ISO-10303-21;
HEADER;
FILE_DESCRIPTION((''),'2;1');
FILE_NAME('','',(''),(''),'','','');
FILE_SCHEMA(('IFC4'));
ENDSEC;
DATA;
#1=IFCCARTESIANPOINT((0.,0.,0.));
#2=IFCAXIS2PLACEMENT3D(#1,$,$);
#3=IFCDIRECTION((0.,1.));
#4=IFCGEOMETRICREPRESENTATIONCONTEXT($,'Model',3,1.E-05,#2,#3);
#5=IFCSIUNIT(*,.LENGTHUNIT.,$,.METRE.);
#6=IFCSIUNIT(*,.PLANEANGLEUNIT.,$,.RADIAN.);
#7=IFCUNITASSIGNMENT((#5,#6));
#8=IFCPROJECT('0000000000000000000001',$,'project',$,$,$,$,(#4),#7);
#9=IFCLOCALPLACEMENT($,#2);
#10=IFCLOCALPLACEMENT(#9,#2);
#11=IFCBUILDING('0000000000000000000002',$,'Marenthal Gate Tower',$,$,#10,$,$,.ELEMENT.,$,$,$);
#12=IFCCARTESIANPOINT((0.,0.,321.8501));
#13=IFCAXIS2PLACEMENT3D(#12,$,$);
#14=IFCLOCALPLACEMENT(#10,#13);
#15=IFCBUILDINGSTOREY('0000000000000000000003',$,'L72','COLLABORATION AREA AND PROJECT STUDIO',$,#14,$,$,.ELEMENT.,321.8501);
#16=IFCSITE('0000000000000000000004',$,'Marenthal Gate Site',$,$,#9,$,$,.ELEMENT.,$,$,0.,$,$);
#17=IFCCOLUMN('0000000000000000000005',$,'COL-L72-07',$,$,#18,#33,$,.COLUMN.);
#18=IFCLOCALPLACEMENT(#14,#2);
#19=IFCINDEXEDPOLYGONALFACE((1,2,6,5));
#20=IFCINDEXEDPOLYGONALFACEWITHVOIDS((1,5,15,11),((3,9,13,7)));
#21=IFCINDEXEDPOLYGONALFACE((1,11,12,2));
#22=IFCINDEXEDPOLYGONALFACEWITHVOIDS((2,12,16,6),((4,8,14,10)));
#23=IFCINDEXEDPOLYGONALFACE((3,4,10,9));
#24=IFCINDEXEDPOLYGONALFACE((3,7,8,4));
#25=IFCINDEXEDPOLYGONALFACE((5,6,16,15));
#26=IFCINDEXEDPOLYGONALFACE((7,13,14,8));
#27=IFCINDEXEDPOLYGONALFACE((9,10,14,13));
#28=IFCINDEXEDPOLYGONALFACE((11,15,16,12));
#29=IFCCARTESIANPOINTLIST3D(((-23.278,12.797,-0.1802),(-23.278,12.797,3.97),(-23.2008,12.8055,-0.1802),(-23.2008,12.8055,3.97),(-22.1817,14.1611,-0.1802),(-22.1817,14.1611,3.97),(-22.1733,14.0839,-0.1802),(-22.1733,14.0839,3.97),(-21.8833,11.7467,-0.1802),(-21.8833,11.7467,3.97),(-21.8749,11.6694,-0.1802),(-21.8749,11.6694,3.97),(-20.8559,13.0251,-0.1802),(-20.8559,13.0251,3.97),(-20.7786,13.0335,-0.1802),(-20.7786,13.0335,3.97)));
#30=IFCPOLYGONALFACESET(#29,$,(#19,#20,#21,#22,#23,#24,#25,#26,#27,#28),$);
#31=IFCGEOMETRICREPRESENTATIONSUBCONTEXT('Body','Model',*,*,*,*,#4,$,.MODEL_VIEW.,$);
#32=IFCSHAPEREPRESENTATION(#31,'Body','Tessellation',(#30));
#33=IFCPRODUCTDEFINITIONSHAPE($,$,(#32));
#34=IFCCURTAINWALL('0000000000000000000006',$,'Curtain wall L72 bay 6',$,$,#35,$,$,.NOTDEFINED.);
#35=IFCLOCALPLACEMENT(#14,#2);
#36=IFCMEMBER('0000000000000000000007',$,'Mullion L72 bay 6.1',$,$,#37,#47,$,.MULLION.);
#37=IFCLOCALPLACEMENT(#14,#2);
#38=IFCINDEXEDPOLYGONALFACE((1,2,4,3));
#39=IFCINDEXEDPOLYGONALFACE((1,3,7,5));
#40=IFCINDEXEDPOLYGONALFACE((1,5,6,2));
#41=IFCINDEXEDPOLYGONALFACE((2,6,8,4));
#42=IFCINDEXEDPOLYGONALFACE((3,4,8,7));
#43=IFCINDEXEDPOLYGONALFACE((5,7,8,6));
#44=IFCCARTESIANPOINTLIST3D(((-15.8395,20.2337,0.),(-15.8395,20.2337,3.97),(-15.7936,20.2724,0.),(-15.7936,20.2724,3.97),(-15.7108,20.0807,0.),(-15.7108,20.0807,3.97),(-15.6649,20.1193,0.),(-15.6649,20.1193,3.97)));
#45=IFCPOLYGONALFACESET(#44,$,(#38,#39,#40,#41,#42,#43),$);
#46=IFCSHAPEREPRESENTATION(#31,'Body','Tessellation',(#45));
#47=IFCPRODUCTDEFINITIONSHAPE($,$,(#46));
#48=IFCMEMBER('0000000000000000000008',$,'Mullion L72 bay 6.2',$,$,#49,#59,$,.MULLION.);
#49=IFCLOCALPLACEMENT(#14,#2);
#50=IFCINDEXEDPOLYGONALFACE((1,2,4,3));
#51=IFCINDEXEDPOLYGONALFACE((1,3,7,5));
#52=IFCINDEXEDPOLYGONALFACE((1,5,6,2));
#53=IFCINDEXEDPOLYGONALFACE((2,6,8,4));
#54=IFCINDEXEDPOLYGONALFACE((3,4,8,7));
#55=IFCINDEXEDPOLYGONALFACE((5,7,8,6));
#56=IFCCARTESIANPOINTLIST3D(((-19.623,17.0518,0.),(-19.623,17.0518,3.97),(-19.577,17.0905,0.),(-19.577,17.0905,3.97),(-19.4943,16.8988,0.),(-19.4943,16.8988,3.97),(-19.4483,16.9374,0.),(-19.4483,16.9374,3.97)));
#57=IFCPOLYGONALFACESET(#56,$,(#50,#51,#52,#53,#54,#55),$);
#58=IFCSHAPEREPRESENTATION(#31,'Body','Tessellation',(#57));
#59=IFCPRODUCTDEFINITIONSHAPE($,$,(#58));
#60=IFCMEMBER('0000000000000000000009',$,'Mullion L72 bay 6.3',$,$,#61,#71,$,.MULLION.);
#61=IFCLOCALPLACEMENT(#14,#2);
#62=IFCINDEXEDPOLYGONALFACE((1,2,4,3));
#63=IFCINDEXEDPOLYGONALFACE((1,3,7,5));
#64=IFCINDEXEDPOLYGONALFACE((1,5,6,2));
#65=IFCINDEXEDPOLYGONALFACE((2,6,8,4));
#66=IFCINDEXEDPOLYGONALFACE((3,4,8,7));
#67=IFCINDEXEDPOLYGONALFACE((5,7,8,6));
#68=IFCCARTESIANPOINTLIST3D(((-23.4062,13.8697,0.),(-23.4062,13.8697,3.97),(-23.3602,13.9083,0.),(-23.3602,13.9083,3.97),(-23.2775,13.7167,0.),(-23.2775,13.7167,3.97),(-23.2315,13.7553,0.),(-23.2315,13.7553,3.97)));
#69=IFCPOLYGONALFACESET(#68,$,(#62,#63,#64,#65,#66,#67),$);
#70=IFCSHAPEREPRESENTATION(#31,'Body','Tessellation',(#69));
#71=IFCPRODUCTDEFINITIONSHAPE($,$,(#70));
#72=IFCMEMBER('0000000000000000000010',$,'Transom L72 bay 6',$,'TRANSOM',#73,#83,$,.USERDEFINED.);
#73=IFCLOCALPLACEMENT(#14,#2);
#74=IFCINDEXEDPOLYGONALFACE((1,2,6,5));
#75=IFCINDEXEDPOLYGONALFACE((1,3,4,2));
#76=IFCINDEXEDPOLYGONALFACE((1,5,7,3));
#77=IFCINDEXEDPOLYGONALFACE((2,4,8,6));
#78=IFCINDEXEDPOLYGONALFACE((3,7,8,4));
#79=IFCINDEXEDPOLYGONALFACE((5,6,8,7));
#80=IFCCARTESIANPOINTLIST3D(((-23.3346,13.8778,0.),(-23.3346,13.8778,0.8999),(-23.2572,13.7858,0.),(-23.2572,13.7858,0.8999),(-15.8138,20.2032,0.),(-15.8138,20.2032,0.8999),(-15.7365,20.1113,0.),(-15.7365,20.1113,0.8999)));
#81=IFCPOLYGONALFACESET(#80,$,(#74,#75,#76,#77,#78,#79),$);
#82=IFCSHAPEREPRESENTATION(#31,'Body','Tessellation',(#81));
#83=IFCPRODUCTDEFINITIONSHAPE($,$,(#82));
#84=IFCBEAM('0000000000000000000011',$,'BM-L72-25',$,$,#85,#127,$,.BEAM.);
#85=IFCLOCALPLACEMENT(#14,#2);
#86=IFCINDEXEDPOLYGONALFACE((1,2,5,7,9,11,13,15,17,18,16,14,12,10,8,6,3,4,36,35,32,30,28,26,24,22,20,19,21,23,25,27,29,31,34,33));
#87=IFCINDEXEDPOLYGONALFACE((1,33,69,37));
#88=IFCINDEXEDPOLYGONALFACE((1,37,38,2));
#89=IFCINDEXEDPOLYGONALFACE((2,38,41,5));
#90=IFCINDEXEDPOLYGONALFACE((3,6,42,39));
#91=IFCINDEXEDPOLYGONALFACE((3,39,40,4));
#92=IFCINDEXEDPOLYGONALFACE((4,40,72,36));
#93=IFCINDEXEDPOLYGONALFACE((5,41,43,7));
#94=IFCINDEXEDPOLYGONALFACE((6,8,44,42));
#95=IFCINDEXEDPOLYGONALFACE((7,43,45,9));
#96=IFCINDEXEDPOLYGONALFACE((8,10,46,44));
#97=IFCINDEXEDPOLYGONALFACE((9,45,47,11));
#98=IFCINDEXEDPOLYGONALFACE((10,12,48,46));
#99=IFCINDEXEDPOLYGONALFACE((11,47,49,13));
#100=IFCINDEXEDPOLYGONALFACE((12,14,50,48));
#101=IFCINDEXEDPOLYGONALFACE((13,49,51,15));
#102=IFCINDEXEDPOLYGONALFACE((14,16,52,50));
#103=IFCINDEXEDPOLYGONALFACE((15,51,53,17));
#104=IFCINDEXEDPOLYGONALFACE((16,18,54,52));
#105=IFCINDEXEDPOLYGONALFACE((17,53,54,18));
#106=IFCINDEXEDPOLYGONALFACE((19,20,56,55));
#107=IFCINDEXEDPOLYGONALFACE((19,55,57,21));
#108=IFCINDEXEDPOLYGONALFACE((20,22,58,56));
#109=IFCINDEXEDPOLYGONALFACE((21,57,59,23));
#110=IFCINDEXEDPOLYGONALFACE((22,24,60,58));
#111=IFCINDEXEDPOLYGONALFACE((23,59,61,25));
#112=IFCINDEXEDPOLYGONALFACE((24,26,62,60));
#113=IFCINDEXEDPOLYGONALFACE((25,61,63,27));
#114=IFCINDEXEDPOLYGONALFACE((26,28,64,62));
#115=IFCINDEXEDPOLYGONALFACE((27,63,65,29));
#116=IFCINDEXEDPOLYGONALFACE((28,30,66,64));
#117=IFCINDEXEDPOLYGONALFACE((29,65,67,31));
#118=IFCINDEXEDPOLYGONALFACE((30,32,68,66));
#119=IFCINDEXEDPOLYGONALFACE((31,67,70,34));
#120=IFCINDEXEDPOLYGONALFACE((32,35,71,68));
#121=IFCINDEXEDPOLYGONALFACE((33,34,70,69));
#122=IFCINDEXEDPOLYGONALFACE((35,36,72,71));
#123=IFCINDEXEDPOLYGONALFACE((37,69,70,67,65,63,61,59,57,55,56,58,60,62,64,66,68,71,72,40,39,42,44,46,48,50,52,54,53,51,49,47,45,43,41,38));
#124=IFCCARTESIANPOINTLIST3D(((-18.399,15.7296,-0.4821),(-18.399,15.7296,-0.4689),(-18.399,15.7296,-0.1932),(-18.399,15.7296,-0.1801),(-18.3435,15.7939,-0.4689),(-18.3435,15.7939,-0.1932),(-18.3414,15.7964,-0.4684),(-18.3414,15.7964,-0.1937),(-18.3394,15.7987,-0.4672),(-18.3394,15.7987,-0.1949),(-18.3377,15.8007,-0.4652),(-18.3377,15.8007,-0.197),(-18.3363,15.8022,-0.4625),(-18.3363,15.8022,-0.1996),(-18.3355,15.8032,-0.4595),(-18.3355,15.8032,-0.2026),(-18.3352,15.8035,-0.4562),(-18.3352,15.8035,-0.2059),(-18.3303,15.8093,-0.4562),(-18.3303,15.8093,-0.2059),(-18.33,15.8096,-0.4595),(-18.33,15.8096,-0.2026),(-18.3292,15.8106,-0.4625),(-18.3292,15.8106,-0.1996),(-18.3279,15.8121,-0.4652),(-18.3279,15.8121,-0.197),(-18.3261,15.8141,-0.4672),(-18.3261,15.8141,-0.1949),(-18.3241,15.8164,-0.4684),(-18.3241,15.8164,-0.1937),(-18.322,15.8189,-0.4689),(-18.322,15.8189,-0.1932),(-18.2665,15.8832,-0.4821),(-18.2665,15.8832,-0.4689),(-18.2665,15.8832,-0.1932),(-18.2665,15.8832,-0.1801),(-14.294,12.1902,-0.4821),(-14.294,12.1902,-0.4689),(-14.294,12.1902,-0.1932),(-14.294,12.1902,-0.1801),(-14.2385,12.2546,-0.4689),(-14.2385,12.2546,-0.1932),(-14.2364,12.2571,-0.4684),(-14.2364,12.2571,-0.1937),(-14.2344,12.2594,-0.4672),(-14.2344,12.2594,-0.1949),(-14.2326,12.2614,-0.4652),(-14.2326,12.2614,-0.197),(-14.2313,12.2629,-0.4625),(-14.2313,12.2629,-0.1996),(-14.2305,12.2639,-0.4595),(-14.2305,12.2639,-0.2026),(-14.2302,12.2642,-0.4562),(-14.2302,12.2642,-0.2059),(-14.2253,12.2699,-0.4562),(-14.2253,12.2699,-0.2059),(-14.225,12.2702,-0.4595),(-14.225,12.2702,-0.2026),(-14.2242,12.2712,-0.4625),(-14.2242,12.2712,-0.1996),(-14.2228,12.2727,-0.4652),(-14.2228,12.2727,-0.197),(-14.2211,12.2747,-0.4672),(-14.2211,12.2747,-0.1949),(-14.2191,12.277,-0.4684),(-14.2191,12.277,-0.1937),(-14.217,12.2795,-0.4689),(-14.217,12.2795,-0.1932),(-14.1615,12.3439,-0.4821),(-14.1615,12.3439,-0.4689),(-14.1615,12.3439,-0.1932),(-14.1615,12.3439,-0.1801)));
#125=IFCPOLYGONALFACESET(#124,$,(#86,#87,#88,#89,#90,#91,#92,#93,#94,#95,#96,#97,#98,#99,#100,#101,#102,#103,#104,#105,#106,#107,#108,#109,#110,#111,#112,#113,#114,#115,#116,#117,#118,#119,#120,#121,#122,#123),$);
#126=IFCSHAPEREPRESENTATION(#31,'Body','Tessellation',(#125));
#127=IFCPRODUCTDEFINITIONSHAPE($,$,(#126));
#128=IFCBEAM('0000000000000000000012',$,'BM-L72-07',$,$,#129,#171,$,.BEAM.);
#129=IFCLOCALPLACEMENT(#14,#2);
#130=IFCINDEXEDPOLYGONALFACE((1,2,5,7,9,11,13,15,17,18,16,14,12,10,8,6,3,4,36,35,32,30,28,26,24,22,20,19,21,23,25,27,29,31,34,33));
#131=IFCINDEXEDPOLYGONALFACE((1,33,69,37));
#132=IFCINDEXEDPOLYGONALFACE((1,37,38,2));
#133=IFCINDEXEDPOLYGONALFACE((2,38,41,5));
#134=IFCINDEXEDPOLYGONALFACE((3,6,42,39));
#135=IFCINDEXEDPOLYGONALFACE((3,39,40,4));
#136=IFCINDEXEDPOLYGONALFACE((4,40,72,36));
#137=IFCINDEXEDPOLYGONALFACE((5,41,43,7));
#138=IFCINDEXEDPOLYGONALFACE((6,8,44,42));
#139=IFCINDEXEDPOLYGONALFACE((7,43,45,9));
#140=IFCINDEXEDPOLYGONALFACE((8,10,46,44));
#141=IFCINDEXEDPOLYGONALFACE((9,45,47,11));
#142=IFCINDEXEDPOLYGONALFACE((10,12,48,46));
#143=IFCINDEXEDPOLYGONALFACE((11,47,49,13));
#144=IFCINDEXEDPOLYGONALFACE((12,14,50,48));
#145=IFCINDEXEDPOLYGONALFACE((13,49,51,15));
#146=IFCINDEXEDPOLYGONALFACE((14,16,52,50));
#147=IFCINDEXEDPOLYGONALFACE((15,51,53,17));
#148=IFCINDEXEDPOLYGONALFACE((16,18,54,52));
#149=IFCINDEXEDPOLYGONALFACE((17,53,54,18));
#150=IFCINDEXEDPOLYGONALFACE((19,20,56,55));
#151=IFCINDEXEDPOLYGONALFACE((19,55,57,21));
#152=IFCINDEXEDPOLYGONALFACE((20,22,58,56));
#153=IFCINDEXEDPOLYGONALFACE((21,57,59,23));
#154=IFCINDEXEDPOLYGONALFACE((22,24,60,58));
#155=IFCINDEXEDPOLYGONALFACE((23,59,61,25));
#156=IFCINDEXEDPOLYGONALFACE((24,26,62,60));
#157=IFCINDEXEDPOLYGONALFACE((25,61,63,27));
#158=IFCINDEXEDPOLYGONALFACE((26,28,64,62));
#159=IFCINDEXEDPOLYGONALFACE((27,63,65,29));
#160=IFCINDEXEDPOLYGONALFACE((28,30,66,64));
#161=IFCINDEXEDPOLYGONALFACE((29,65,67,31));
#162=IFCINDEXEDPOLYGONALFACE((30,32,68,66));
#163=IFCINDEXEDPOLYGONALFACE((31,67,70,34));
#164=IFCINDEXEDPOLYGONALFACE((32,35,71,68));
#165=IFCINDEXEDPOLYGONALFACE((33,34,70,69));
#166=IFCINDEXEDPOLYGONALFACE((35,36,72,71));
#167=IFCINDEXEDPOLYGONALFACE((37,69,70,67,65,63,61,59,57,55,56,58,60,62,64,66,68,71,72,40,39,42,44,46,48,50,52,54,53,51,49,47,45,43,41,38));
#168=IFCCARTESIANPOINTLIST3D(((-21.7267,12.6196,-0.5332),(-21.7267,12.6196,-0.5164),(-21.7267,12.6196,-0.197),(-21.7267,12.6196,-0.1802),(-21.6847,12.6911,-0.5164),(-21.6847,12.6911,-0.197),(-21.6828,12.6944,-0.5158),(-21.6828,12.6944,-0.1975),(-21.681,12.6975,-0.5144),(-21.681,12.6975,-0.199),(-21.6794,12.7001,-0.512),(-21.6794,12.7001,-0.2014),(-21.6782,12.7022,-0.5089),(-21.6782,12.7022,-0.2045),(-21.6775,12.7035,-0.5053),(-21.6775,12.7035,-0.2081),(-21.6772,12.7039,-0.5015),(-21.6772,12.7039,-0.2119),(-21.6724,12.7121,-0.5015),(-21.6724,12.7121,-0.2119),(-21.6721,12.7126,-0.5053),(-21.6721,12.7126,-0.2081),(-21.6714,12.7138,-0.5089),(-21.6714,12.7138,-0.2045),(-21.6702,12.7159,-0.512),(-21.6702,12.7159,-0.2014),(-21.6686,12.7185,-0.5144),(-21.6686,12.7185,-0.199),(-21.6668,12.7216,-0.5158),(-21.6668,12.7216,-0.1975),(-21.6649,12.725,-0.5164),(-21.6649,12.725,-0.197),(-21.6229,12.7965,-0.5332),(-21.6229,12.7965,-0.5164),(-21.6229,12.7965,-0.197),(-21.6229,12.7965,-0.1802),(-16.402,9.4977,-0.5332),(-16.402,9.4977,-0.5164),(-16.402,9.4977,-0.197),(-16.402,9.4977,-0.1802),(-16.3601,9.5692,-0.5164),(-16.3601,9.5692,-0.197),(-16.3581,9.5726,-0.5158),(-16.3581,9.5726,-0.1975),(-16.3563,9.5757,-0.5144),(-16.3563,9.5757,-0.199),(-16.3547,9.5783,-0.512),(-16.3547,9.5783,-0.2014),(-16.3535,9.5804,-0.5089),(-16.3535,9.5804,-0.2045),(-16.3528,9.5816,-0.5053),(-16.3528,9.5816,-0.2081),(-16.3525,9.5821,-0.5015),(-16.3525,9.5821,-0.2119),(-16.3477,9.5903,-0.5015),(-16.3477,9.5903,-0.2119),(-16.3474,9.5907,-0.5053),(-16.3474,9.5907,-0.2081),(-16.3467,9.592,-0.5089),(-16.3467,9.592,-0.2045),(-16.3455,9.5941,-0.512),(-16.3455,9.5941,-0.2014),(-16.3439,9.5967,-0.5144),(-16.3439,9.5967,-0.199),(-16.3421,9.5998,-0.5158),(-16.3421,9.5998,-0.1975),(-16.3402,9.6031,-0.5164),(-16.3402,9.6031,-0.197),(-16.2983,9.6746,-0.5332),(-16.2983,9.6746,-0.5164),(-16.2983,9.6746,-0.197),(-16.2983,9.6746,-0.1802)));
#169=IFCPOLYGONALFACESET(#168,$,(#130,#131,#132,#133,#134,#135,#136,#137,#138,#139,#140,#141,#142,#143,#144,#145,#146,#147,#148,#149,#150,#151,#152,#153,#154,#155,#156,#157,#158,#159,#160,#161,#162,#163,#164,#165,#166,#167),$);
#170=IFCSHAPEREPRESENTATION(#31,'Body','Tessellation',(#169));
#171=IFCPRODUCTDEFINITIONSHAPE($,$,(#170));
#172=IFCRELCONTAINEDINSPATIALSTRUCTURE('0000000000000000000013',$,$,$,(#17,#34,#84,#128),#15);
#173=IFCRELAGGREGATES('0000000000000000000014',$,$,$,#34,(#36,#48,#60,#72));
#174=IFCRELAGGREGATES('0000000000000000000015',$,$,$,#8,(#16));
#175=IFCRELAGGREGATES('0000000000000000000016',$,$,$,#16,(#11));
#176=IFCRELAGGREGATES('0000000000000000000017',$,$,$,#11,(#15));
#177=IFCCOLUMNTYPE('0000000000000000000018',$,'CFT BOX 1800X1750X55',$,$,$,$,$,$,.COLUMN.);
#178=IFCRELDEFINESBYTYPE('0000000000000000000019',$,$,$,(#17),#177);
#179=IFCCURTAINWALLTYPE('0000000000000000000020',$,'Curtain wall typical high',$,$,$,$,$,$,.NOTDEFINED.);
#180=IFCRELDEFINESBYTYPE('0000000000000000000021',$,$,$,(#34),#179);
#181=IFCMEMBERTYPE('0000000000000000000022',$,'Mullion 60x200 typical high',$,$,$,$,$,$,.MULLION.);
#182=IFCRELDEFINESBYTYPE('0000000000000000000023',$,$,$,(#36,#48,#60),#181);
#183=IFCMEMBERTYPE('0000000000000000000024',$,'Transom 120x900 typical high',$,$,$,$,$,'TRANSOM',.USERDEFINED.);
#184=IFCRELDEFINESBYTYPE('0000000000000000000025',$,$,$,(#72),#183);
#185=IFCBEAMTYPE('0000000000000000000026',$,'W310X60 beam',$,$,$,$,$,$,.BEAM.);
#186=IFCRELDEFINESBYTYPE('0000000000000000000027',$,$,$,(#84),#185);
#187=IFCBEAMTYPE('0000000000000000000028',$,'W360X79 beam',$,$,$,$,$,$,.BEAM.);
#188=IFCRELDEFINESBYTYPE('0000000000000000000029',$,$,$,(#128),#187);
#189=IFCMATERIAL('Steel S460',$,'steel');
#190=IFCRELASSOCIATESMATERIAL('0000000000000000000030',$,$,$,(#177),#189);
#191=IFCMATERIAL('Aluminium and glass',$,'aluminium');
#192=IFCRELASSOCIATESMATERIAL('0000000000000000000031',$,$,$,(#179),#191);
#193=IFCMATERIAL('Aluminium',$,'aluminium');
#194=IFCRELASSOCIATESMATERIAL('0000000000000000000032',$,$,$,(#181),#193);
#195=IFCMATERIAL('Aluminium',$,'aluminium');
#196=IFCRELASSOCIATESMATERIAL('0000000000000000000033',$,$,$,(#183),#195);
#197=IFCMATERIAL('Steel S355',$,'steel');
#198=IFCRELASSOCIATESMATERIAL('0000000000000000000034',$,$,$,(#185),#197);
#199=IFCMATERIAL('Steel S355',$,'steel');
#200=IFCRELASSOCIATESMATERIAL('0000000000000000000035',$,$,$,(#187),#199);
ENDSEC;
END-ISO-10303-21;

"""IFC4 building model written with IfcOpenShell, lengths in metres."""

from ifc_helpers import new_model, si_unit, direction, frame, origin, origin_2d, place, context, subcontext, project, spatial, rectangle, hollow_rectangle, i_section, extrude, material, material_profile, profile_set, type_object, element, aggregate, save


model = new_model("IFC4")

# Units and contexts
model_context = context("Model", 3, precision=1e-05, world=origin(), true_north=direction((0.0, 1.0)))
body_context = subcontext(model_context, "Body", "Model", "MODEL_VIEW")
ifc_project = project(units=[si_unit("LENGTHUNIT", "METRE"), si_unit("PLANEANGLEUNIT", "RADIAN")], contexts=[model_context])

# Site, building, storey
site_placement = place(None, origin())
site = spatial("IfcSite", under=ifc_project, at=site_placement, Name="Marenthal Gate Site", CompositionType="ELEMENT", RefElevation=0.0)
building_placement = place(site_placement, origin())
building = spatial("IfcBuilding", under=site, at=building_placement, Name="Marenthal Gate Tower", CompositionType="ELEMENT")
storey_placement = place(building_placement, frame((0.0, 0.0, 321.8501)))
storey = spatial("IfcBuildingStorey", under=building, at=storey_placement, Name="L72", Description="COLLABORATION AREA AND PROJECT STUDIO", CompositionType="ELEMENT", Elevation=321.8501)

# Column
ifc_material_1 = material(Name="Steel S460", Category="steel")
ifc_material_profile_1 = material_profile(ifc_material_1, hollow_rectangle(XDim=1.75, YDim=1.8, WallThickness=0.0549, at=origin_2d()), Name="CFT BOX 1800X1750X55")
ifc_material_2 = material(Name="Concrete 70 MPa", Category="concrete")
ifc_material_profile_2 = material_profile(ifc_material_2, rectangle(XDim=1.6399, YDim=1.6899, at=origin_2d()), Name="CFT BOX 1800X1750X55 INFILL")
ifc_profile_set_1 = profile_set([ifc_material_profile_1, ifc_material_profile_2], Name="Steel S460 shell, Concrete 70 MPa infill")
column_type = type_object("IfcColumnType", Name="CFT BOX 1800X1750X55", PredefinedType="COLUMN", material=ifc_profile_set_1)
column_placement = place(storey_placement, frame((-22.0283, 12.9153, -0.1802), z_axis=(0.0, 0.0, 1.0), x_axis=(0.626431, 0.779477, 0.0)))
element("IfcColumn", 1, at=column_placement, inside=storey, type_object=column_type, Name="COL-L72-07", PredefinedType="COLUMN", context=body_context, shape_type="SweptSolid", body=[
    extrude(hollow_rectangle(XDim=1.75, YDim=1.8, WallThickness=0.0549, at=origin_2d()), origin(), (0.0, 0.0, 1.0), 4.1501),
])

# Curtain wall, members
ifc_material_3 = material(Name="Aluminium and glass", Category="aluminium")
curtain_wall_type = type_object("IfcCurtainWallType", Name="Curtain wall typical high", PredefinedType="NOTDEFINED", material=ifc_material_3)
curtain_wall_placement = place(storey_placement, origin())
curtain_wall = element("IfcCurtainWall", 2, at=curtain_wall_placement, inside=storey, type_object=curtain_wall_type, Name="Curtain wall L72 bay 6", PredefinedType="NOTDEFINED")
ifc_material_4 = material(Name="Aluminium", Category="aluminium")
ifc_material_profile_3 = material_profile(ifc_material_4, rectangle(XDim=0.2, YDim=0.0601, at=origin_2d()), Name="60x200 aluminium mullion")
ifc_profile_set_2 = profile_set([ifc_material_profile_3], Name="Aluminium")
member_type_1 = type_object("IfcMemberType", Name="Mullion 60x200 typical high", PredefinedType="MULLION", material=ifc_profile_set_2)
member_1_placement = place(storey_placement, frame((-15.7522, 20.1765, 0.0), z_axis=(0.0, 0.0, 1.0), x_axis=(0.643676, -0.765298, 0.0)))
member_1 = element("IfcMember", 3, at=member_1_placement, type_object=member_type_1, Name="Mullion L72 bay 6.1", PredefinedType="MULLION", context=body_context, shape_type="SweptSolid", body=[
    extrude(rectangle(XDim=0.2, YDim=0.0601, at=origin_2d()), origin(), (0.0, 0.0, 1.0), 3.97),
])
member_2_placement = place(storey_placement, frame((-19.5356, 16.9946, 0.0), z_axis=(0.0, 0.0, 1.0), x_axis=(0.643676, -0.765298, 0.0)))
member_2 = element("IfcMember", 4, at=member_2_placement, type_object=member_type_1, Name="Mullion L72 bay 6.2", PredefinedType="MULLION", context=body_context, shape_type="SweptSolid", body=[
    extrude(rectangle(XDim=0.2, YDim=0.0601, at=origin_2d()), origin(), (0.0, 0.0, 1.0), 3.97),
])
member_3_placement = place(storey_placement, frame((-23.3188, 13.8125, 0.0), z_axis=(0.0, 0.0, 1.0), x_axis=(0.643676, -0.765298, 0.0)))
member_3 = element("IfcMember", 5, at=member_3_placement, type_object=member_type_1, Name="Mullion L72 bay 6.3", PredefinedType="MULLION", context=body_context, shape_type="SweptSolid", body=[
    extrude(rectangle(XDim=0.2, YDim=0.0601, at=origin_2d()), origin(), (0.0, 0.0, 1.0), 3.97),
])
ifc_material_5 = material(Name="Aluminium", Category="aluminium")
ifc_material_profile_4 = material_profile(ifc_material_5, rectangle(XDim=0.1201, YDim=0.8999, at=origin_2d()), Name="120x900 aluminium transom")
ifc_profile_set_3 = profile_set([ifc_material_profile_4], Name="Aluminium")
member_type_2 = type_object("IfcMemberType", Name="Transom 120x900 typical high", ElementType="TRANSOM", PredefinedType="USERDEFINED", material=ifc_profile_set_3)
member_4_placement = place(storey_placement, frame((-15.7751, 20.1572, 0.45), z_axis=(-0.765303, -0.64367, 0.0), x_axis=(0.64367, -0.765303, 0.0)))
member_4 = element("IfcMember", 6, at=member_4_placement, type_object=member_type_2, Name="Transom L72 bay 6", ObjectType="TRANSOM", PredefinedType="USERDEFINED", context=body_context, shape_type="SweptSolid", body=[
    extrude(rectangle(XDim=0.1201, YDim=0.8999, at=origin_2d()), origin(), (0.0, 0.0, 1.0), 9.8271),
])

# Beams
ifc_material_6 = material(Name="Steel S355", Category="steel")
ifc_material_profile_5 = material_profile(ifc_material_6, i_section(OverallWidth=0.2029, OverallDepth=0.302, WebThickness=0.0076, FlangeThickness=0.0132, FilletRadius=0.0127, at=origin_2d()), Name="W310X60")
ifc_profile_set_4 = profile_set([ifc_material_profile_5], Name="Steel S355")
beam_type_1 = type_object("IfcBeamType", Name="W310X60 beam", PredefinedType="BEAM", material=ifc_profile_set_4)
beam_1_placement = place(storey_placement, frame((-18.3328, 15.8064, -0.3311), z_axis=(0.757362, -0.652996, 0.0), x_axis=(0.652996, 0.757362, 0.0)))
element("IfcBeam", 7, at=beam_1_placement, inside=storey, type_object=beam_type_1, Name="BM-L72-25", PredefinedType="BEAM", context=body_context, shape_type="SweptSolid", body=[
    extrude(i_section(OverallWidth=0.2029, OverallDepth=0.302, WebThickness=0.0076, FlangeThickness=0.0132, FilletRadius=0.0127, at=origin_2d()), origin(), (0.0, 0.0, 1.0), 5.4202),
])
ifc_material_7 = material(Name="Steel S355", Category="steel")
ifc_material_profile_6 = material_profile(ifc_material_7, i_section(OverallWidth=0.2051, OverallDepth=0.353, WebThickness=0.0095, FlangeThickness=0.0168, FilletRadius=0.0149, at=origin_2d()), Name="W360X79")
ifc_profile_set_5 = profile_set([ifc_material_profile_6], Name="Steel S355")
beam_type_2 = type_object("IfcBeamType", Name="W360X79 beam", PredefinedType="BEAM", material=ifc_profile_set_5)
beam_2_placement = place(storey_placement, frame((-21.6748, 12.708, -0.3567), z_axis=(0.862666, -0.505773, 0.0), x_axis=(0.505773, 0.862666, 0.0)))
element("IfcBeam", 8, at=beam_2_placement, inside=storey, type_object=beam_type_2, Name="BM-L72-07", PredefinedType="BEAM", context=body_context, shape_type="SweptSolid", body=[
    extrude(i_section(OverallWidth=0.2051, OverallDepth=0.353, WebThickness=0.0095, FlangeThickness=0.0168, FilletRadius=0.0149, at=origin_2d()), origin(), (0.0, 0.0, 1.0), 6.1724),
])

aggregate(curtain_wall, [member_1, member_2, member_3, member_4])

save(model, "model.ifc")
